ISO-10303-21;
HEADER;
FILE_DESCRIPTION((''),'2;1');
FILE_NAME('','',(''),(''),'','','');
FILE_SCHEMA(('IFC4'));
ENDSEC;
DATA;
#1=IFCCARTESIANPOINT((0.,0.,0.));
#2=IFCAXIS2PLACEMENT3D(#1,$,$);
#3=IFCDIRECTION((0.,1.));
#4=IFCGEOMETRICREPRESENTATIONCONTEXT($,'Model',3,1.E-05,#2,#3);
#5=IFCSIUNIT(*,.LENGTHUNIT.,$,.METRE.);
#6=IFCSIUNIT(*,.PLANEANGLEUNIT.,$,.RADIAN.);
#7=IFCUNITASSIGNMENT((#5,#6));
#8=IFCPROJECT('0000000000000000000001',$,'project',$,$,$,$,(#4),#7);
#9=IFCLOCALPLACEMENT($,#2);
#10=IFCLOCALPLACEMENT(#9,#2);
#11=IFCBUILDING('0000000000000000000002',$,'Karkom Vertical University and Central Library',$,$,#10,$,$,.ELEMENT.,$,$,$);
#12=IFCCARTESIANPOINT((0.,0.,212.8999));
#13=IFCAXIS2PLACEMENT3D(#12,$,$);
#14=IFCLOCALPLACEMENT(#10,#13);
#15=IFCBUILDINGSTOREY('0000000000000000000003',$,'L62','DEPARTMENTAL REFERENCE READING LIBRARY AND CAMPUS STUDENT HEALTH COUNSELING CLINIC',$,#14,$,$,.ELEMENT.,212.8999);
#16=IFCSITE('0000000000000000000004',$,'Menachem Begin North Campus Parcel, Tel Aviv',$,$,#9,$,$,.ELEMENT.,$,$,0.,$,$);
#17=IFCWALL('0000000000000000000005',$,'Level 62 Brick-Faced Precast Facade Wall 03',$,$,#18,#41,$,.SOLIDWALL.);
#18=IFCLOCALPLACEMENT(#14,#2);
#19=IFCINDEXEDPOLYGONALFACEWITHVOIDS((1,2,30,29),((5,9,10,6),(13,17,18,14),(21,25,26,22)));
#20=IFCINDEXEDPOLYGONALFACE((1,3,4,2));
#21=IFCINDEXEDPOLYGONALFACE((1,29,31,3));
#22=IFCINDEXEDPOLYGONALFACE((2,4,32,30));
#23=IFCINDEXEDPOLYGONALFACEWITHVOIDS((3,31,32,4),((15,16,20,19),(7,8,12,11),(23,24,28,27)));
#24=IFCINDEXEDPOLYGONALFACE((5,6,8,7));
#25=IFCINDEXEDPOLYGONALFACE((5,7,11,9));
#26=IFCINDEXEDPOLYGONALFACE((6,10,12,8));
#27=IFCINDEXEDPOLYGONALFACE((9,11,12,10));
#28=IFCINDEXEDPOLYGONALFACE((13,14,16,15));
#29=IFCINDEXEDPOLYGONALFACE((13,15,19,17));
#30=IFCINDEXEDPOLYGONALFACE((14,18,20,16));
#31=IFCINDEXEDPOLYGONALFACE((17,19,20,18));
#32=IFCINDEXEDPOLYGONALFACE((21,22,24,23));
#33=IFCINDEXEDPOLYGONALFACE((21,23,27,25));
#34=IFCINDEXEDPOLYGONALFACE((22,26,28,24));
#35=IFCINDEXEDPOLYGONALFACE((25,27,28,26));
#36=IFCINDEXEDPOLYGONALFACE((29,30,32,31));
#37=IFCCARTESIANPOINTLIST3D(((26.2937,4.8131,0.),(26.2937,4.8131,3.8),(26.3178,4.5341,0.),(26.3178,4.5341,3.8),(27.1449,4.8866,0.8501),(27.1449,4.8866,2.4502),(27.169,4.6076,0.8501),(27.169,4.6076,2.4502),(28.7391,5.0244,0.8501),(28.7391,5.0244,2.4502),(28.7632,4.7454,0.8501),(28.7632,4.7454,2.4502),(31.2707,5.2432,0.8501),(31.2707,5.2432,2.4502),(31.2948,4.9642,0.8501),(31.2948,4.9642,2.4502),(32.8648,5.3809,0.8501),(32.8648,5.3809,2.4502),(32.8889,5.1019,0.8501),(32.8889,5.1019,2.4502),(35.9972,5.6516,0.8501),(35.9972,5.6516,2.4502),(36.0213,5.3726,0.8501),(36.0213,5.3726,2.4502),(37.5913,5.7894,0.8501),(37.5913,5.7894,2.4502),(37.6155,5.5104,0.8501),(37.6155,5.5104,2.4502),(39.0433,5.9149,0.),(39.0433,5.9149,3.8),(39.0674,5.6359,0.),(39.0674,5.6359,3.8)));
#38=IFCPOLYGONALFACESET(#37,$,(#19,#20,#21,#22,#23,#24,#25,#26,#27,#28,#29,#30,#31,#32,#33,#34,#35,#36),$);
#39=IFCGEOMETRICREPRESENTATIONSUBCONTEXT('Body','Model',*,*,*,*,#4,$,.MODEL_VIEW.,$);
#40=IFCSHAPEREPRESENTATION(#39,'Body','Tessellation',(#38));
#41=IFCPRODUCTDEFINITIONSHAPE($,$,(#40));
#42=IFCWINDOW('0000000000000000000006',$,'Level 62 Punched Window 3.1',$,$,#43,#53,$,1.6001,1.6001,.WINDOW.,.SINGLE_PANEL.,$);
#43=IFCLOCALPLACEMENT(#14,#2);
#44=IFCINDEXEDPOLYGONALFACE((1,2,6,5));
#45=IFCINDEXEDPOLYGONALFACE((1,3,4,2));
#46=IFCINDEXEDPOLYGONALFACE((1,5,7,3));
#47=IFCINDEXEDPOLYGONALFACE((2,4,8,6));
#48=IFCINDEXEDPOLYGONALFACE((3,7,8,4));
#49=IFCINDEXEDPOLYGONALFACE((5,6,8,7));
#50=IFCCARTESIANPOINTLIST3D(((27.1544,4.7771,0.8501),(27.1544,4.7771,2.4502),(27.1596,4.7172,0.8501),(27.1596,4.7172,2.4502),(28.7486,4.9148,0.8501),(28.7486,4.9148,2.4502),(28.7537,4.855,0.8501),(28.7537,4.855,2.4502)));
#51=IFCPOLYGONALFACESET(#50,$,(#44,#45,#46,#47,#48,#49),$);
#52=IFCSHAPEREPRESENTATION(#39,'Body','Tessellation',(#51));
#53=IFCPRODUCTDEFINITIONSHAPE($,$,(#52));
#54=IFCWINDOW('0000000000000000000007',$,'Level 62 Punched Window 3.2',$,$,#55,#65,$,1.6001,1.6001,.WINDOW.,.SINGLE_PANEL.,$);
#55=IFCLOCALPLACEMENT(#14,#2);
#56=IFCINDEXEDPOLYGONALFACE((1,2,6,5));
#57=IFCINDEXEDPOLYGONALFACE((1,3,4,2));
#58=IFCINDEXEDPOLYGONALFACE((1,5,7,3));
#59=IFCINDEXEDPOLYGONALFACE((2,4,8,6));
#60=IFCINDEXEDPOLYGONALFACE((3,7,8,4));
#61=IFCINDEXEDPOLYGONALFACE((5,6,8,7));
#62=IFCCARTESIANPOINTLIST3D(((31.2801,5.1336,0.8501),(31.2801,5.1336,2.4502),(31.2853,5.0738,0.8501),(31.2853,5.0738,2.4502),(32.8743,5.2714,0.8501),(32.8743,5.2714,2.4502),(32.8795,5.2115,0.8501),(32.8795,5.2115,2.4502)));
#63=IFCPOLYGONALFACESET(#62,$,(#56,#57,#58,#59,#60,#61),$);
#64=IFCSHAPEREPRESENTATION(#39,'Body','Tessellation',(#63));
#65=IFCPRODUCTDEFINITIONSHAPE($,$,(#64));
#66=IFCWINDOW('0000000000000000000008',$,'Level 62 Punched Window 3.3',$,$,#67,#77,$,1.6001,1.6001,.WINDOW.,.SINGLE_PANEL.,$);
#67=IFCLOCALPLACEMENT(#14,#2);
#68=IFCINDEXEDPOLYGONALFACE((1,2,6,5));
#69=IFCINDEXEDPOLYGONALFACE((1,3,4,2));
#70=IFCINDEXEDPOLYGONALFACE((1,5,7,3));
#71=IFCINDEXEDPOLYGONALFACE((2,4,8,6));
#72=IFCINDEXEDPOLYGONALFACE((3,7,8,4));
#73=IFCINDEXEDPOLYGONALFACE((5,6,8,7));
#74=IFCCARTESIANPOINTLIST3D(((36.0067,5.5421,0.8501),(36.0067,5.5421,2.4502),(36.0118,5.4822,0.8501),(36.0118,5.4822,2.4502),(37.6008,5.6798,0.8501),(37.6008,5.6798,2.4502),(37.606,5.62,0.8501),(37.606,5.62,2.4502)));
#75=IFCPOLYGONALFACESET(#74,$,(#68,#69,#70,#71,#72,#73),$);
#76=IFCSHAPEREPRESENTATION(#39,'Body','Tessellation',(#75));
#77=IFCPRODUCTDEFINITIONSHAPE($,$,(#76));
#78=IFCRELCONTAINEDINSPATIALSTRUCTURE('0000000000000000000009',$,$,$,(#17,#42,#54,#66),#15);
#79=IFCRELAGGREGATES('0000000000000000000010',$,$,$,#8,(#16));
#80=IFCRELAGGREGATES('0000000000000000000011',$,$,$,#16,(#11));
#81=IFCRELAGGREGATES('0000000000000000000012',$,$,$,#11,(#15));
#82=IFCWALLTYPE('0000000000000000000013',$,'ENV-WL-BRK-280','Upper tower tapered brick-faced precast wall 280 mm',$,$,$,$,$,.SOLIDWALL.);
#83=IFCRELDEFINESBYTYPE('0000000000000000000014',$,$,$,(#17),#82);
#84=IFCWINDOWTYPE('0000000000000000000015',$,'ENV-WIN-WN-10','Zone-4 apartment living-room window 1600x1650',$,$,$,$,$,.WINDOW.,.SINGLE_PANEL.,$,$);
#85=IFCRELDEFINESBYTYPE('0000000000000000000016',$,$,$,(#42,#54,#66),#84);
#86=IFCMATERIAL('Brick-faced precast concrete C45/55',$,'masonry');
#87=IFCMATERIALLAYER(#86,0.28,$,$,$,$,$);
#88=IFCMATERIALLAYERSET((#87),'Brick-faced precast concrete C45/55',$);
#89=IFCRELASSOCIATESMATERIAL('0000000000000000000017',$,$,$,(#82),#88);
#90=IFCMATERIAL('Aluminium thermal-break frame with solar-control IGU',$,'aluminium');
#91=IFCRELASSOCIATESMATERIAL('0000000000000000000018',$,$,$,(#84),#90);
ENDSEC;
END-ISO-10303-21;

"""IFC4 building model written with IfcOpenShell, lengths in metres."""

from ifc_helpers import new_model, si_unit, direction, frame, frame_2d, origin, origin_with_axes, place, context, subcontext, project, spatial, rectangle, extrude, source, transform, mapped, material, layer, layer_set, type_object, element, fill, save


model = new_model("IFC4")

# Units and contexts
model_context = context("Model", 3, precision=1e-05, world=origin(), true_north=direction((0.0, 1.0)))
body_context = subcontext(model_context, "Body", "Model", "MODEL_VIEW")
ifc_project = project(units=[si_unit("LENGTHUNIT", "METRE"), si_unit("PLANEANGLEUNIT", "RADIAN")], contexts=[model_context])

# Site, building, storey
site_placement = place(None, origin())
site = spatial("IfcSite", under=ifc_project, at=site_placement, Name="Menachem Begin North Campus Parcel, Tel Aviv", CompositionType="ELEMENT", RefElevation=0.0)
building_placement = place(site_placement, origin())
building = spatial("IfcBuilding", under=site, at=building_placement, Name="Karkom Vertical University and Central Library", CompositionType="ELEMENT")
storey_placement = place(building_placement, frame((0.0, 0.0, 212.8999)))
storey = spatial("IfcBuildingStorey", under=building, at=storey_placement, Name="L62", Description="DEPARTMENTAL REFERENCE READING LIBRARY AND CAMPUS STUDENT HEALTH COUNSELING CLINIC", CompositionType="ELEMENT", Elevation=212.8999)

# Wall, openings, windows
ifc_material_1 = material(Name="Brick-faced precast concrete C45/55", Category="masonry")
ifc_layer_1 = layer(ifc_material_1, 0.28)
ifc_layer_set_1 = layer_set([ifc_layer_1], Name="Brick-faced precast concrete C45/55")
wall_type = type_object("IfcWallType", Name="ENV-WL-BRK-280", Description="Upper tower tapered brick-faced precast wall 280 mm", PredefinedType="SOLIDWALL", material=ifc_layer_set_1)
wall_placement = place(storey_placement, frame((26.3059, 4.6736, 0.0), z_axis=(0.0, 0.0, 1.0), x_axis=(0.996287, 0.086099, 0.0)))
wall = element("IfcWall", 1, at=wall_placement, inside=storey, type_object=wall_type, Name="Level 62 Brick-Faced Precast Facade Wall 03", PredefinedType="SOLIDWALL", context=body_context, shape_type="SweptSolid", body=[
    extrude(rectangle(XDim=12.7971, YDim=0.28, at=frame_2d((6.3984, 0.0))), origin(), (0.0, 0.0, 1.0), 3.8),
])
opening_1_placement = place(wall_placement, frame((0.8542, 0.0, 0.8501)))
opening_1 = element("IfcOpeningElement", 2, at=opening_1_placement, cuts=wall, PredefinedType="OPENING", context=body_context, shape_type="SweptSolid", body=[
    extrude(rectangle(XDim=1.6001, YDim=1.6001, at=frame_2d((0.8, 0.8))), frame((0.0, 0.1499, 0.0), z_axis=(0.0, -1.0, 0.0), x_axis=(1.0, 0.0, 0.0)), (0.0, 0.0, 1.0), 0.3),
])
opening_2_placement = place(wall_placement, frame((4.9954, 0.0, 0.8501)))
opening_2 = element("IfcOpeningElement", 3, at=opening_2_placement, cuts=wall, PredefinedType="OPENING", context=body_context, shape_type="SweptSolid", body=[
    extrude(rectangle(XDim=1.6001, YDim=1.6001, at=frame_2d((0.8, 0.8))), frame((0.0, 0.1499, 0.0), z_axis=(0.0, -1.0, 0.0), x_axis=(1.0, 0.0, 0.0)), (0.0, 0.0, 1.0), 0.3),
])
opening_3_placement = place(wall_placement, frame((9.7395, 0.0, 0.8501)))
opening_3 = element("IfcOpeningElement", 4, at=opening_3_placement, cuts=wall, PredefinedType="OPENING", context=body_context, shape_type="SweptSolid", body=[
    extrude(rectangle(XDim=1.6001, YDim=1.6001, at=frame_2d((0.8, 0.8))), frame((0.0, 0.1499, 0.0), z_axis=(0.0, -1.0, 0.0), x_axis=(1.0, 0.0, 0.0)), (0.0, 0.0, 1.0), 0.3),
])
ifc_material_2 = material(Name="Aluminium thermal-break frame with solar-control IGU", Category="aluminium")
window_type = type_object("IfcWindowType", Name="ENV-WIN-WN-10", Description="Zone-4 apartment living-room window 1600x1650", PartitioningType="SINGLE_PANEL", PredefinedType="WINDOW", material=ifc_material_2)
shared_shape_1 = source(origin_with_axes(), body_context, "Body", "SweptSolid", [
    extrude(rectangle(XDim=1.6001, YDim=1.6001, at=frame_2d((0.8, 0.8))), frame((0.0, 0.03, 0.0), z_axis=(0.0, -1.0, 0.0), x_axis=(1.0, 0.0, 0.0)), (0.0, 0.0, 1.0), 0.0601),
])
window_1_placement = place(opening_1_placement, origin())
window_1 = element("IfcWindow", 5, at=window_1_placement, inside=storey, type_object=window_type, Name="Level 62 Punched Window 3.1", OverallHeight=1.6001, OverallWidth=1.6001, PartitioningType="SINGLE_PANEL", PredefinedType="WINDOW", context=body_context, shape_type="MappedRepresentation", body=[
    mapped(shared_shape_1, transform((0.0, 0.0, 0.0), scale=1.0)),
])
fill(opening_1, window_1)
window_2_placement = place(opening_2_placement, origin())
window_2 = element("IfcWindow", 6, at=window_2_placement, inside=storey, type_object=window_type, Name="Level 62 Punched Window 3.2", OverallHeight=1.6001, OverallWidth=1.6001, PartitioningType="SINGLE_PANEL", PredefinedType="WINDOW", context=body_context, shape_type="MappedRepresentation", body=[
    mapped(shared_shape_1, transform((0.0, 0.0, 0.0), scale=1.0)),
])
fill(opening_2, window_2)
window_3_placement = place(opening_3_placement, origin())
window_3 = element("IfcWindow", 7, at=window_3_placement, inside=storey, type_object=window_type, Name="Level 62 Punched Window 3.3", OverallHeight=1.6001, OverallWidth=1.6001, PartitioningType="SINGLE_PANEL", PredefinedType="WINDOW", context=body_context, shape_type="MappedRepresentation", body=[
    mapped(shared_shape_1, transform((0.0, 0.0, 0.0), scale=1.0)),
])
fill(opening_3, window_3)

save(model, "model.ifc")
